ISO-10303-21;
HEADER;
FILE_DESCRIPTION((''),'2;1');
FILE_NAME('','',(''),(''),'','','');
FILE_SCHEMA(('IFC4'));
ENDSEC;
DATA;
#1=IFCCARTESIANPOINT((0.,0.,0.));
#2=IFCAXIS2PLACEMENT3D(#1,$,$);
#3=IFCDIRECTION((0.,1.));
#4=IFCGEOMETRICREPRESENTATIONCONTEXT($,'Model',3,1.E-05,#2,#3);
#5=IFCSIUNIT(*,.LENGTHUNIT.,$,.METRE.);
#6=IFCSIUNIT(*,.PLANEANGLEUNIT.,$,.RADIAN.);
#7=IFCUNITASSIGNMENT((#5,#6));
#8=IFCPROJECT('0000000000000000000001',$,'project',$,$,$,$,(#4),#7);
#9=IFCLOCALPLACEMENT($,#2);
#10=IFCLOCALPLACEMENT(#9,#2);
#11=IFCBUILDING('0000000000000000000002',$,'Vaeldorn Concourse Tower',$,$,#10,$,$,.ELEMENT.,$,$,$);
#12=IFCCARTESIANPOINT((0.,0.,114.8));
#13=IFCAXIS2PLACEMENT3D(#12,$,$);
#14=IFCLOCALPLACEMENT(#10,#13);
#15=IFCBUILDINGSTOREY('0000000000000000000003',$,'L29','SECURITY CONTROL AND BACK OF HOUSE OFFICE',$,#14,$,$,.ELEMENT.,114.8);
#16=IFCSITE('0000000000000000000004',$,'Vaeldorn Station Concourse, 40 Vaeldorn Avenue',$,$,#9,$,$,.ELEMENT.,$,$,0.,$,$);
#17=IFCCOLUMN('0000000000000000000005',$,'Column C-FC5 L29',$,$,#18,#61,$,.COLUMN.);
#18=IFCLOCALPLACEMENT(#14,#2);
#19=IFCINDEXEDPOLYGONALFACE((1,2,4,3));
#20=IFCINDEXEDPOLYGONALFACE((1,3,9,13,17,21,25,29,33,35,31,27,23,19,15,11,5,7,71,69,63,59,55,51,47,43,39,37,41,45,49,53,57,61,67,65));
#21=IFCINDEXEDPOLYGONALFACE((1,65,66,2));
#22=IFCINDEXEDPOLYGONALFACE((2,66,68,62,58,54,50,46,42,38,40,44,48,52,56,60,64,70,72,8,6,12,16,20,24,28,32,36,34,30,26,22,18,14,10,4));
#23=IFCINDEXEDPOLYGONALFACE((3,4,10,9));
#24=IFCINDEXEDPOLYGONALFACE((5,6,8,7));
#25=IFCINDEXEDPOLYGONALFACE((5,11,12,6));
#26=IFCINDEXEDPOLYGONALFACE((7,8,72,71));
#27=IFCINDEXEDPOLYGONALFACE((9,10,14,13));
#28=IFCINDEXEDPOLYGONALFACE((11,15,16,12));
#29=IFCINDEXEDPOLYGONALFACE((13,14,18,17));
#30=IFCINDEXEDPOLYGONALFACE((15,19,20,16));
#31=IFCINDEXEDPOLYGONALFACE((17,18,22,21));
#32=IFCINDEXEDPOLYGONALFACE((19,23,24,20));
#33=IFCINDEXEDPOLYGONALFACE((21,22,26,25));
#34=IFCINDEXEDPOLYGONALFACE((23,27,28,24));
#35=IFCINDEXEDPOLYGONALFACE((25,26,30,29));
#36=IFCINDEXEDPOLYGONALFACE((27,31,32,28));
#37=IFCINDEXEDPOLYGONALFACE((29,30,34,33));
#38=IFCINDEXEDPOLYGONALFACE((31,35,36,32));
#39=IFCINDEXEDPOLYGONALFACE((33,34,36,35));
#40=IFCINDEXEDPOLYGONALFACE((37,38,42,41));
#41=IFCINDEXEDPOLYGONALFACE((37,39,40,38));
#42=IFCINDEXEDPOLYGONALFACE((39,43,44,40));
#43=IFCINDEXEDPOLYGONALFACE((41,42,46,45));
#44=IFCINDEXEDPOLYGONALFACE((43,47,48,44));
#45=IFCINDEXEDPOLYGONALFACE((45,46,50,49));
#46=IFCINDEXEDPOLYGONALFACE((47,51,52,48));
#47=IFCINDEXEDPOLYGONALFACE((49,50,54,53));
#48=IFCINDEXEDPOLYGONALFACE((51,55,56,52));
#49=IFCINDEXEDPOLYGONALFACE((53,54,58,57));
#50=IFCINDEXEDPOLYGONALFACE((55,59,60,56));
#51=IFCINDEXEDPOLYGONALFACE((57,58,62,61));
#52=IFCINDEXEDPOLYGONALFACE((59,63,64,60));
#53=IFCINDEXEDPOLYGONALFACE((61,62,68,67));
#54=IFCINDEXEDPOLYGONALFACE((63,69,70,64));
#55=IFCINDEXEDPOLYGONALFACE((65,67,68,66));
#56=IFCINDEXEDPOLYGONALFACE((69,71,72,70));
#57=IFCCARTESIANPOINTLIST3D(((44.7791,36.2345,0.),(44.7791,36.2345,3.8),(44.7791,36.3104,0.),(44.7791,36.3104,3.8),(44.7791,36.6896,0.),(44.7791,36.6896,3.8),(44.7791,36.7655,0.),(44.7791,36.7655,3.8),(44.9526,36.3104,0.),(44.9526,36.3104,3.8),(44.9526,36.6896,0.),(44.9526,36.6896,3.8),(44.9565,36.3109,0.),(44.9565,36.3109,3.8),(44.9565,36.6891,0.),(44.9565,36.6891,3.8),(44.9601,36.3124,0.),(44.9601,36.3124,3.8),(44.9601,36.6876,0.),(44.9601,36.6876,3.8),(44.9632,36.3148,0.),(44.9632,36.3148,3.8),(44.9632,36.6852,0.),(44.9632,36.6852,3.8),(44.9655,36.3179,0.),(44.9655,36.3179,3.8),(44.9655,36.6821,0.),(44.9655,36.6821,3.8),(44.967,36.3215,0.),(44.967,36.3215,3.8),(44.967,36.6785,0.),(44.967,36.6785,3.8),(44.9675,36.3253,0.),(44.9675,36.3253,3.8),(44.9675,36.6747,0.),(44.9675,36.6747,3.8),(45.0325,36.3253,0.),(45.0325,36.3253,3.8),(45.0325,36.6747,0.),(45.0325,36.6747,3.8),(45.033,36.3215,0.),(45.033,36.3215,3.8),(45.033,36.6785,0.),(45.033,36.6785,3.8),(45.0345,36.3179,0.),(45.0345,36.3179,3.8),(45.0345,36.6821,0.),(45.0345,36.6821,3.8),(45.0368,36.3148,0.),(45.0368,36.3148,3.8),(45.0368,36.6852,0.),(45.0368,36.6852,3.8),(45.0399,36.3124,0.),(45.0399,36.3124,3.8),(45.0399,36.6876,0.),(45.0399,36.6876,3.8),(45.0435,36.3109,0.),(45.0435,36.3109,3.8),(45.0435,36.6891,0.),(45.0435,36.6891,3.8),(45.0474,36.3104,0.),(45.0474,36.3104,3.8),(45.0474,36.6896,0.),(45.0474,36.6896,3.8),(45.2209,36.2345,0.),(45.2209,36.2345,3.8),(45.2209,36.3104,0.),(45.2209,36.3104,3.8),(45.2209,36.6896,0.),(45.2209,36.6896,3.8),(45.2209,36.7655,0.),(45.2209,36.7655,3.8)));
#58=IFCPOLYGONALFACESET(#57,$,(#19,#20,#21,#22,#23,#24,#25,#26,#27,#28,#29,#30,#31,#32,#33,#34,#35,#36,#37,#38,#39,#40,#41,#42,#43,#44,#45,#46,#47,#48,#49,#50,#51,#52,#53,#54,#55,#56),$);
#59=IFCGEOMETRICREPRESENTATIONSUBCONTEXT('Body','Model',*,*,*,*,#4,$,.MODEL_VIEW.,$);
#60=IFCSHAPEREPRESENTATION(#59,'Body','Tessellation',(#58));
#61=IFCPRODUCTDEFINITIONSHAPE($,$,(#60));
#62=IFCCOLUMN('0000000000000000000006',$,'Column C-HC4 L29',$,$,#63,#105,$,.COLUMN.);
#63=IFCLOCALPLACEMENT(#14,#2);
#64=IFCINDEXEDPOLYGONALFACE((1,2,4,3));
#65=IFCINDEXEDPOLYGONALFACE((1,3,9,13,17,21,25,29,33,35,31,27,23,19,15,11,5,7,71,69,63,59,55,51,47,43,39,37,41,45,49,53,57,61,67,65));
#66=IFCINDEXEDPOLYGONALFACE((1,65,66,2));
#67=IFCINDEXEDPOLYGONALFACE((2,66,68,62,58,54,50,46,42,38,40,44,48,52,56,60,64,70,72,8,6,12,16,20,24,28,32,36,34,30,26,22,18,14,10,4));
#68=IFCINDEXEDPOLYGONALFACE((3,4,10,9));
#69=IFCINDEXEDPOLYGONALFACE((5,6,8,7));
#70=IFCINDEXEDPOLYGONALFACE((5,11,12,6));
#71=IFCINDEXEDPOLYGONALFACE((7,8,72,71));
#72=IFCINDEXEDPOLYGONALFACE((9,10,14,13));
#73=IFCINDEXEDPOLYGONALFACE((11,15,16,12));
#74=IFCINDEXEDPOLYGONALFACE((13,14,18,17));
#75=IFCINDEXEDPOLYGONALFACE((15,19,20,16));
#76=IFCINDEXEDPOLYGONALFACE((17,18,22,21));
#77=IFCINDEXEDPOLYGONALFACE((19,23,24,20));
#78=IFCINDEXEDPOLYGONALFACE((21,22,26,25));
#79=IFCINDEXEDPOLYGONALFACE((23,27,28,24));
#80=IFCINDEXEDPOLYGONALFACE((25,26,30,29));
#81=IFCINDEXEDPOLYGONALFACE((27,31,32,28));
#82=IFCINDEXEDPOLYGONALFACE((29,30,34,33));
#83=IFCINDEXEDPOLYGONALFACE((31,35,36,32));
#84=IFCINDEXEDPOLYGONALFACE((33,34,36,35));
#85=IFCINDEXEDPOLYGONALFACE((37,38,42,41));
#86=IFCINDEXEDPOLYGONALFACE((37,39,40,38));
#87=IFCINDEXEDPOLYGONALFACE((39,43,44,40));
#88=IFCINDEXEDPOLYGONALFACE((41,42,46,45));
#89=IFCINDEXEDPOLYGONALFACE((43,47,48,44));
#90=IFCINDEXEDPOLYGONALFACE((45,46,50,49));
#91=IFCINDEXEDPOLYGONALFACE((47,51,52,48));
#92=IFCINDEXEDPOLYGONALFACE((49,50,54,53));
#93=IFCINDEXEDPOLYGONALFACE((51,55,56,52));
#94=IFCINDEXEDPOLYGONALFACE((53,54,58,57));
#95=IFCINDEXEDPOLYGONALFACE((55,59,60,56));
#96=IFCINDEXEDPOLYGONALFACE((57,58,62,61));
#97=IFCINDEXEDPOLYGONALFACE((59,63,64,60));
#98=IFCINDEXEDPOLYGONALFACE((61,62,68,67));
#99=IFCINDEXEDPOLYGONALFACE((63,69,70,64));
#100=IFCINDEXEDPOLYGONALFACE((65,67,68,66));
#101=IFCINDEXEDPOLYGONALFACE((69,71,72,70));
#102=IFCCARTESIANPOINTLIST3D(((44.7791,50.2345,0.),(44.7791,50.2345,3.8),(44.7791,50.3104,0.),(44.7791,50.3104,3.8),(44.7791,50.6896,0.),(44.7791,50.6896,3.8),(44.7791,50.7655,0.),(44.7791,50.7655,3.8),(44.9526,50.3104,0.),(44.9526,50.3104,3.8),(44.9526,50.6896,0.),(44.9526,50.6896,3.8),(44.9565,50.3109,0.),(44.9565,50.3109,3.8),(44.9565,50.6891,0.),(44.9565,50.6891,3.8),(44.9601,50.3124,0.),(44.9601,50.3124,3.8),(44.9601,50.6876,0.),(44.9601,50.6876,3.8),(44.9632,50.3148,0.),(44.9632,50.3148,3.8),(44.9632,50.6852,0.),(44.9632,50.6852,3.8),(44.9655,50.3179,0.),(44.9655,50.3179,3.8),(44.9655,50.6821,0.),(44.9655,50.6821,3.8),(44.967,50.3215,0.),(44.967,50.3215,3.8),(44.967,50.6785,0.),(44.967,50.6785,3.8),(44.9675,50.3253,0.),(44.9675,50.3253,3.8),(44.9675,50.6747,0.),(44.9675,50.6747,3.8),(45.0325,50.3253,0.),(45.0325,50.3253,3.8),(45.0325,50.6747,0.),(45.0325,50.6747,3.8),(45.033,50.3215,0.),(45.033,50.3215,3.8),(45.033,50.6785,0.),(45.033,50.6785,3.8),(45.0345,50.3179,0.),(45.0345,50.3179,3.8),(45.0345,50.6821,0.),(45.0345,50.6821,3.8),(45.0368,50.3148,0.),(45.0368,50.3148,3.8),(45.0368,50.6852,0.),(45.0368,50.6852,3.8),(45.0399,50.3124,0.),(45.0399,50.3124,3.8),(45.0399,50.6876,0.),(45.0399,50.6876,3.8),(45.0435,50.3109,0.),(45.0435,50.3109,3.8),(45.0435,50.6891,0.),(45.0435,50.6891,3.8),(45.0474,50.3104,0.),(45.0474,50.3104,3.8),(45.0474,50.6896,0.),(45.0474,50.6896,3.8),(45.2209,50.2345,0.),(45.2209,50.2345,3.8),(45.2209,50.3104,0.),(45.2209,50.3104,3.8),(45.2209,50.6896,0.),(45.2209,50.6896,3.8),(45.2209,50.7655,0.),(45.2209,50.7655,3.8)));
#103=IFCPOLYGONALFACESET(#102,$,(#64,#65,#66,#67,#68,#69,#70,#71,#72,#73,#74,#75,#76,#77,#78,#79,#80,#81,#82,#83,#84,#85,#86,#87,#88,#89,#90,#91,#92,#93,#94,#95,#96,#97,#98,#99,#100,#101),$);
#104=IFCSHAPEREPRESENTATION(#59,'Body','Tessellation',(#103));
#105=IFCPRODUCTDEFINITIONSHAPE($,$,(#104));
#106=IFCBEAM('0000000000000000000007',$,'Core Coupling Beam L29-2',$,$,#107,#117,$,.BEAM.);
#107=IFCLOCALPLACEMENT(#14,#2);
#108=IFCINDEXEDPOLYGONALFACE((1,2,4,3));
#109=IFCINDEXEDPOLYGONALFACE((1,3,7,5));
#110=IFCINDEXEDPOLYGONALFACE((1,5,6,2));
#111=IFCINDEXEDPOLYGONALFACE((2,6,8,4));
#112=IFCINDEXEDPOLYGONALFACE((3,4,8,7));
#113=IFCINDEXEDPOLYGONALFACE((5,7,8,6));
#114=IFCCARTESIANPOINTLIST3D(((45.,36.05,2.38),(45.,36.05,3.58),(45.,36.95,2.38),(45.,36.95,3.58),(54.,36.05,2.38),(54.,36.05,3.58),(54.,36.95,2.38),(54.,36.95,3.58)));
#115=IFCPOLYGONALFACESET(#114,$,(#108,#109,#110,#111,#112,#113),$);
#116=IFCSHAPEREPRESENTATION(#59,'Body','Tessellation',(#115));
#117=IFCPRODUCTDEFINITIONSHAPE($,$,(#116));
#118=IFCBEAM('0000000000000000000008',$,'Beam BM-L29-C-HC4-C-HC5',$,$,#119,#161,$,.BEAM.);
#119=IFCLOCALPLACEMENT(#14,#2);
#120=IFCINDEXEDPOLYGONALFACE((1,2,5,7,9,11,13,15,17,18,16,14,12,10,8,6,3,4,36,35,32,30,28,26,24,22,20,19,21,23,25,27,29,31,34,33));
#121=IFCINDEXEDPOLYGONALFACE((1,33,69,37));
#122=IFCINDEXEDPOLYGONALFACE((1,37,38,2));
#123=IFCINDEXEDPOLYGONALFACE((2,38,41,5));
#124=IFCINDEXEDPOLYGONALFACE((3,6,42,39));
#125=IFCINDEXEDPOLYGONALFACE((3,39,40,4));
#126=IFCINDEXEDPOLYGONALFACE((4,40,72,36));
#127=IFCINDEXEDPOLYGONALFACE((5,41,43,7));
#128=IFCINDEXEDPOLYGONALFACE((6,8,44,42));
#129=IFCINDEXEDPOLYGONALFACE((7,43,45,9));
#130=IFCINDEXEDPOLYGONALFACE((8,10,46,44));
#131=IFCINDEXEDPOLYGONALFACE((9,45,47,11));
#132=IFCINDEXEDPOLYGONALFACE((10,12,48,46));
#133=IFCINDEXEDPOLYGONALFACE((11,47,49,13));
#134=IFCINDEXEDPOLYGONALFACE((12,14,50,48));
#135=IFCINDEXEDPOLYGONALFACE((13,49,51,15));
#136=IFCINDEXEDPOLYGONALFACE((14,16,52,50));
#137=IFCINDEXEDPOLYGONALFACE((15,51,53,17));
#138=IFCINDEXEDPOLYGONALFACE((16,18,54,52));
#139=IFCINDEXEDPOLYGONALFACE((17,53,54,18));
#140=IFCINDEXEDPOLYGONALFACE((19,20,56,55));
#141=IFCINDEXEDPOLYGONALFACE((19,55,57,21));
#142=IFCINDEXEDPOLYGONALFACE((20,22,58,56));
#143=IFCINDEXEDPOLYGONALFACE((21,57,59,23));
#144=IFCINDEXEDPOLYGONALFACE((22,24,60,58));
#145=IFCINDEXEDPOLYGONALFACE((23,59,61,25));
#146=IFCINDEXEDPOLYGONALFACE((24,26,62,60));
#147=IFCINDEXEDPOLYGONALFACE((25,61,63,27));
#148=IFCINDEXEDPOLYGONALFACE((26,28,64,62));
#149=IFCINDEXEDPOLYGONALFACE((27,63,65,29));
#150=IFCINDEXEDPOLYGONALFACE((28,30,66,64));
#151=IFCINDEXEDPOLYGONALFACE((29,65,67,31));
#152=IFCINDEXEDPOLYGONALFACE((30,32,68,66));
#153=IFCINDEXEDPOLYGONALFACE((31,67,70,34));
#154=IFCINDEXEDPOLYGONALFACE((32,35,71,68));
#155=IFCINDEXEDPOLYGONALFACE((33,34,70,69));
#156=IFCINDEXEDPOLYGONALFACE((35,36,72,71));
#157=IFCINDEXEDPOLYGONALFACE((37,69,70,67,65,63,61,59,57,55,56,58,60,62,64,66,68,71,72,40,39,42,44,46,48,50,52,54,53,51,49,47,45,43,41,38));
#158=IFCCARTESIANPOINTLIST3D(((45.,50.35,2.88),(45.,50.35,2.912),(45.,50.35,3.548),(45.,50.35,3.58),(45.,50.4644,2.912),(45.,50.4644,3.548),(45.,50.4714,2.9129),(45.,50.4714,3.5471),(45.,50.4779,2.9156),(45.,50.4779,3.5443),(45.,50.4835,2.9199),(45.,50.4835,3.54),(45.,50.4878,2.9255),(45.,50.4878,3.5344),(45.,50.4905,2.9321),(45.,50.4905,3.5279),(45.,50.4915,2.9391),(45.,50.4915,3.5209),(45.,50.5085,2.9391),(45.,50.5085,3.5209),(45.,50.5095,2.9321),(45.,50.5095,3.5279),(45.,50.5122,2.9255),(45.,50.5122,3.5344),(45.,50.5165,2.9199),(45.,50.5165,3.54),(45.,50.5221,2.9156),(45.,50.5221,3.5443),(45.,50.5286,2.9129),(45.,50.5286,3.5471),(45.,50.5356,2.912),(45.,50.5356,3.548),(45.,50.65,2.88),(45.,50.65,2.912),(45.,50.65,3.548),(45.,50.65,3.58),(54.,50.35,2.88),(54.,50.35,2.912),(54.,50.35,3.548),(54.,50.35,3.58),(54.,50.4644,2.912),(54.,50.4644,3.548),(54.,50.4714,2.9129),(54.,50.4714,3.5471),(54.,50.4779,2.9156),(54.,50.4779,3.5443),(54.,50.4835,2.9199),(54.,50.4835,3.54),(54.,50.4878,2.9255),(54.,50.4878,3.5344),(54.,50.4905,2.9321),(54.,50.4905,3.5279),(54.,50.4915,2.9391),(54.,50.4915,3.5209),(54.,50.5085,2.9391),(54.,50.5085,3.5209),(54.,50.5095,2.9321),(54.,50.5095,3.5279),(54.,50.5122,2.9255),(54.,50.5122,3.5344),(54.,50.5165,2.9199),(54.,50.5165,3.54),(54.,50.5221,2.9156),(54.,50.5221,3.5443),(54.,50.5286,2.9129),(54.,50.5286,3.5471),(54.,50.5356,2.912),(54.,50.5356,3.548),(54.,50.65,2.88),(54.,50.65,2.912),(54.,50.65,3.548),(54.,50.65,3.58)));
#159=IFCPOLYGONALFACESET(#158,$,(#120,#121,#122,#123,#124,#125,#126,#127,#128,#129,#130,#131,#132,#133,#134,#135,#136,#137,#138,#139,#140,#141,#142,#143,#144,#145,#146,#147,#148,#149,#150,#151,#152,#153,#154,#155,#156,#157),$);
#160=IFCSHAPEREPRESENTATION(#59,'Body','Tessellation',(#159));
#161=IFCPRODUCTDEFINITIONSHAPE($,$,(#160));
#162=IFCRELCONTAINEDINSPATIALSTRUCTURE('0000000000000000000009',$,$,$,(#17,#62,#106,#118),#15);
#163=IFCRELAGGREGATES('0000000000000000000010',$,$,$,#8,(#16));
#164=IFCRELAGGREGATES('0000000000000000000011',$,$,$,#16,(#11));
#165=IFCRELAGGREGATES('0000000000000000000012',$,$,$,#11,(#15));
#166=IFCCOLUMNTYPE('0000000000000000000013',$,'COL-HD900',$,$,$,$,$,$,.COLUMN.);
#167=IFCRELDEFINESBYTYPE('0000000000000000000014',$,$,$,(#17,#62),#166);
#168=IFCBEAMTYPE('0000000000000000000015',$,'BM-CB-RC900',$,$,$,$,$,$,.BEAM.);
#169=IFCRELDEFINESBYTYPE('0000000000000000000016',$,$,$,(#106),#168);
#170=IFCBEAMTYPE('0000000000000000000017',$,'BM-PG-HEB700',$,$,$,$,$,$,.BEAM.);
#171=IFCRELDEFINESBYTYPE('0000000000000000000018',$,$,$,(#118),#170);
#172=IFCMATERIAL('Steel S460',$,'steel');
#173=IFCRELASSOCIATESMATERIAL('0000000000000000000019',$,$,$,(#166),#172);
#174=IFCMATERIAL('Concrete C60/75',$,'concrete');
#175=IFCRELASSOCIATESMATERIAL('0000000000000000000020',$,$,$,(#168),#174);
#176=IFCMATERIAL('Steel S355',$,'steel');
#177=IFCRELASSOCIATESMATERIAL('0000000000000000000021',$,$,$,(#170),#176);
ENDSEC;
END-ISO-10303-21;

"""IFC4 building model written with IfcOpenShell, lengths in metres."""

from ifc_helpers import new_model, si_unit, direction, frame, origin, origin_2d, place, context, subcontext, project, spatial, rectangle, i_section, extrude, source, transform, mapped, material, material_profile, profile_set, type_object, element, save


model = new_model("IFC4")

# Units and contexts
model_context = context("Model", 3, precision=1e-05, world=origin(), true_north=direction((0.0, 1.0)))
body_context = subcontext(model_context, "Body", "Model", "MODEL_VIEW")
ifc_project = project(units=[si_unit("LENGTHUNIT", "METRE"), si_unit("PLANEANGLEUNIT", "RADIAN")], contexts=[model_context])

# Site, building, storey
site_placement = place(None, origin())
site = spatial("IfcSite", under=ifc_project, at=site_placement, Name="Vaeldorn Station Concourse, 40 Vaeldorn Avenue", CompositionType="ELEMENT", RefElevation=0.0)
building_placement = place(site_placement, origin())
building = spatial("IfcBuilding", under=site, at=building_placement, Name="Vaeldorn Concourse Tower", CompositionType="ELEMENT")
storey_placement = place(building_placement, frame((0.0, 0.0, 114.8)))
storey = spatial("IfcBuildingStorey", under=building, at=storey_placement, Name="L29", Description="SECURITY CONTROL AND BACK OF HOUSE OFFICE", CompositionType="ELEMENT", Elevation=114.8)

# Columns
ifc_material_1 = material(Name="Steel S460", Category="steel")
ifc_material_profile_1 = material_profile(ifc_material_1, i_section(OverallWidth=0.4419, OverallDepth=0.531, WebThickness=0.0649, FlangeThickness=0.0759, FilletRadius=0.0149, at=origin_2d()), Name="HD 400x900")
ifc_profile_set_1 = profile_set([ifc_material_profile_1], Name="Steel S460")
column_type = type_object("IfcColumnType", Name="COL-HD900", PredefinedType="COLUMN", material=ifc_profile_set_1)
shared_shape_1 = source(origin(), body_context, "Body", "SweptSolid", [
    extrude(i_section(OverallWidth=0.4419, OverallDepth=0.531, WebThickness=0.0649, FlangeThickness=0.0759, FilletRadius=0.0149, at=origin_2d()), origin(), (0.0, 0.0, 1.0), 3.8),
])
for number, where, z_axis, x_axis, name in (
    (1, (45.0, 36.5, 0.0), (0.0, 0.0, 1.0), (1.0, 0.0, 0.0), "Column C-FC5 L29"),
    (2, (45.0, 50.5, 0.0), (0.0, 0.0, 1.0), (1.0, 0.0, 0.0), "Column C-HC4 L29"),
):
    element("IfcColumn", number, at=place(storey_placement, frame(where, z_axis=z_axis, x_axis=x_axis)), inside=storey, type_object=column_type, Name=name, PredefinedType="COLUMN", context=body_context, shape_type="MappedRepresentation", body=[
        mapped(shared_shape_1, transform((0.0, 0.0, 0.0), scale=1.0)),
    ])

# Beams
ifc_material_2 = material(Name="Concrete C60/75", Category="concrete")
ifc_material_profile_2 = material_profile(ifc_material_2, rectangle(XDim=0.8999, YDim=1.2, at=origin_2d()), Name="RC 900x1200")
ifc_profile_set_2 = profile_set([ifc_material_profile_2], Name="Concrete C60/75")
beam_type_1 = type_object("IfcBeamType", Name="BM-CB-RC900", PredefinedType="BEAM", material=ifc_profile_set_2)
shared_shape_2 = source(origin(), body_context, "Body", "SweptSolid", [
    extrude(rectangle(XDim=0.8999, YDim=1.2, at=origin_2d()), origin(), (0.0, 0.0, 1.0), 9.0),
])
beam_1_placement = place(storey_placement, frame((45.0, 36.5, 2.98), z_axis=(1.0, 0.0, 0.0), x_axis=(0.0, 1.0, 0.0)))
element("IfcBeam", 3, at=beam_1_placement, inside=storey, type_object=beam_type_1, Name="Core Coupling Beam L29-2", PredefinedType="BEAM", context=body_context, shape_type="MappedRepresentation", body=[
    mapped(shared_shape_2, transform((0.0, 0.0, 0.0), scale=1.0)),
])
ifc_material_3 = material(Name="Steel S355", Category="steel")
ifc_material_profile_3 = material_profile(ifc_material_3, i_section(OverallWidth=0.3, OverallDepth=0.7, WebThickness=0.0171, FlangeThickness=0.032, FilletRadius=0.0271, at=origin_2d()), Name="HEB 700")
ifc_profile_set_3 = profile_set([ifc_material_profile_3], Name="Steel S355")
beam_type_2 = type_object("IfcBeamType", Name="BM-PG-HEB700", PredefinedType="BEAM", material=ifc_profile_set_3)
shared_shape_3 = source(origin(), body_context, "Body", "SweptSolid", [
    extrude(i_section(OverallWidth=0.3, OverallDepth=0.7, WebThickness=0.0171, FlangeThickness=0.032, FilletRadius=0.0271, at=origin_2d()), origin(), (0.0, 0.0, 1.0), 9.0),
])
beam_2_placement = place(storey_placement, frame((45.0, 50.5, 3.23), z_axis=(1.0, 0.0, 0.0), x_axis=(0.0, 1.0, 0.0)))
element("IfcBeam", 4, at=beam_2_placement, inside=storey, type_object=beam_type_2, Name="Beam BM-L29-C-HC4-C-HC5", PredefinedType="BEAM", context=body_context, shape_type="MappedRepresentation", body=[
    mapped(shared_shape_3, transform((0.0, 0.0, 0.0), scale=1.0)),
])

save(model, "model.ifc")
